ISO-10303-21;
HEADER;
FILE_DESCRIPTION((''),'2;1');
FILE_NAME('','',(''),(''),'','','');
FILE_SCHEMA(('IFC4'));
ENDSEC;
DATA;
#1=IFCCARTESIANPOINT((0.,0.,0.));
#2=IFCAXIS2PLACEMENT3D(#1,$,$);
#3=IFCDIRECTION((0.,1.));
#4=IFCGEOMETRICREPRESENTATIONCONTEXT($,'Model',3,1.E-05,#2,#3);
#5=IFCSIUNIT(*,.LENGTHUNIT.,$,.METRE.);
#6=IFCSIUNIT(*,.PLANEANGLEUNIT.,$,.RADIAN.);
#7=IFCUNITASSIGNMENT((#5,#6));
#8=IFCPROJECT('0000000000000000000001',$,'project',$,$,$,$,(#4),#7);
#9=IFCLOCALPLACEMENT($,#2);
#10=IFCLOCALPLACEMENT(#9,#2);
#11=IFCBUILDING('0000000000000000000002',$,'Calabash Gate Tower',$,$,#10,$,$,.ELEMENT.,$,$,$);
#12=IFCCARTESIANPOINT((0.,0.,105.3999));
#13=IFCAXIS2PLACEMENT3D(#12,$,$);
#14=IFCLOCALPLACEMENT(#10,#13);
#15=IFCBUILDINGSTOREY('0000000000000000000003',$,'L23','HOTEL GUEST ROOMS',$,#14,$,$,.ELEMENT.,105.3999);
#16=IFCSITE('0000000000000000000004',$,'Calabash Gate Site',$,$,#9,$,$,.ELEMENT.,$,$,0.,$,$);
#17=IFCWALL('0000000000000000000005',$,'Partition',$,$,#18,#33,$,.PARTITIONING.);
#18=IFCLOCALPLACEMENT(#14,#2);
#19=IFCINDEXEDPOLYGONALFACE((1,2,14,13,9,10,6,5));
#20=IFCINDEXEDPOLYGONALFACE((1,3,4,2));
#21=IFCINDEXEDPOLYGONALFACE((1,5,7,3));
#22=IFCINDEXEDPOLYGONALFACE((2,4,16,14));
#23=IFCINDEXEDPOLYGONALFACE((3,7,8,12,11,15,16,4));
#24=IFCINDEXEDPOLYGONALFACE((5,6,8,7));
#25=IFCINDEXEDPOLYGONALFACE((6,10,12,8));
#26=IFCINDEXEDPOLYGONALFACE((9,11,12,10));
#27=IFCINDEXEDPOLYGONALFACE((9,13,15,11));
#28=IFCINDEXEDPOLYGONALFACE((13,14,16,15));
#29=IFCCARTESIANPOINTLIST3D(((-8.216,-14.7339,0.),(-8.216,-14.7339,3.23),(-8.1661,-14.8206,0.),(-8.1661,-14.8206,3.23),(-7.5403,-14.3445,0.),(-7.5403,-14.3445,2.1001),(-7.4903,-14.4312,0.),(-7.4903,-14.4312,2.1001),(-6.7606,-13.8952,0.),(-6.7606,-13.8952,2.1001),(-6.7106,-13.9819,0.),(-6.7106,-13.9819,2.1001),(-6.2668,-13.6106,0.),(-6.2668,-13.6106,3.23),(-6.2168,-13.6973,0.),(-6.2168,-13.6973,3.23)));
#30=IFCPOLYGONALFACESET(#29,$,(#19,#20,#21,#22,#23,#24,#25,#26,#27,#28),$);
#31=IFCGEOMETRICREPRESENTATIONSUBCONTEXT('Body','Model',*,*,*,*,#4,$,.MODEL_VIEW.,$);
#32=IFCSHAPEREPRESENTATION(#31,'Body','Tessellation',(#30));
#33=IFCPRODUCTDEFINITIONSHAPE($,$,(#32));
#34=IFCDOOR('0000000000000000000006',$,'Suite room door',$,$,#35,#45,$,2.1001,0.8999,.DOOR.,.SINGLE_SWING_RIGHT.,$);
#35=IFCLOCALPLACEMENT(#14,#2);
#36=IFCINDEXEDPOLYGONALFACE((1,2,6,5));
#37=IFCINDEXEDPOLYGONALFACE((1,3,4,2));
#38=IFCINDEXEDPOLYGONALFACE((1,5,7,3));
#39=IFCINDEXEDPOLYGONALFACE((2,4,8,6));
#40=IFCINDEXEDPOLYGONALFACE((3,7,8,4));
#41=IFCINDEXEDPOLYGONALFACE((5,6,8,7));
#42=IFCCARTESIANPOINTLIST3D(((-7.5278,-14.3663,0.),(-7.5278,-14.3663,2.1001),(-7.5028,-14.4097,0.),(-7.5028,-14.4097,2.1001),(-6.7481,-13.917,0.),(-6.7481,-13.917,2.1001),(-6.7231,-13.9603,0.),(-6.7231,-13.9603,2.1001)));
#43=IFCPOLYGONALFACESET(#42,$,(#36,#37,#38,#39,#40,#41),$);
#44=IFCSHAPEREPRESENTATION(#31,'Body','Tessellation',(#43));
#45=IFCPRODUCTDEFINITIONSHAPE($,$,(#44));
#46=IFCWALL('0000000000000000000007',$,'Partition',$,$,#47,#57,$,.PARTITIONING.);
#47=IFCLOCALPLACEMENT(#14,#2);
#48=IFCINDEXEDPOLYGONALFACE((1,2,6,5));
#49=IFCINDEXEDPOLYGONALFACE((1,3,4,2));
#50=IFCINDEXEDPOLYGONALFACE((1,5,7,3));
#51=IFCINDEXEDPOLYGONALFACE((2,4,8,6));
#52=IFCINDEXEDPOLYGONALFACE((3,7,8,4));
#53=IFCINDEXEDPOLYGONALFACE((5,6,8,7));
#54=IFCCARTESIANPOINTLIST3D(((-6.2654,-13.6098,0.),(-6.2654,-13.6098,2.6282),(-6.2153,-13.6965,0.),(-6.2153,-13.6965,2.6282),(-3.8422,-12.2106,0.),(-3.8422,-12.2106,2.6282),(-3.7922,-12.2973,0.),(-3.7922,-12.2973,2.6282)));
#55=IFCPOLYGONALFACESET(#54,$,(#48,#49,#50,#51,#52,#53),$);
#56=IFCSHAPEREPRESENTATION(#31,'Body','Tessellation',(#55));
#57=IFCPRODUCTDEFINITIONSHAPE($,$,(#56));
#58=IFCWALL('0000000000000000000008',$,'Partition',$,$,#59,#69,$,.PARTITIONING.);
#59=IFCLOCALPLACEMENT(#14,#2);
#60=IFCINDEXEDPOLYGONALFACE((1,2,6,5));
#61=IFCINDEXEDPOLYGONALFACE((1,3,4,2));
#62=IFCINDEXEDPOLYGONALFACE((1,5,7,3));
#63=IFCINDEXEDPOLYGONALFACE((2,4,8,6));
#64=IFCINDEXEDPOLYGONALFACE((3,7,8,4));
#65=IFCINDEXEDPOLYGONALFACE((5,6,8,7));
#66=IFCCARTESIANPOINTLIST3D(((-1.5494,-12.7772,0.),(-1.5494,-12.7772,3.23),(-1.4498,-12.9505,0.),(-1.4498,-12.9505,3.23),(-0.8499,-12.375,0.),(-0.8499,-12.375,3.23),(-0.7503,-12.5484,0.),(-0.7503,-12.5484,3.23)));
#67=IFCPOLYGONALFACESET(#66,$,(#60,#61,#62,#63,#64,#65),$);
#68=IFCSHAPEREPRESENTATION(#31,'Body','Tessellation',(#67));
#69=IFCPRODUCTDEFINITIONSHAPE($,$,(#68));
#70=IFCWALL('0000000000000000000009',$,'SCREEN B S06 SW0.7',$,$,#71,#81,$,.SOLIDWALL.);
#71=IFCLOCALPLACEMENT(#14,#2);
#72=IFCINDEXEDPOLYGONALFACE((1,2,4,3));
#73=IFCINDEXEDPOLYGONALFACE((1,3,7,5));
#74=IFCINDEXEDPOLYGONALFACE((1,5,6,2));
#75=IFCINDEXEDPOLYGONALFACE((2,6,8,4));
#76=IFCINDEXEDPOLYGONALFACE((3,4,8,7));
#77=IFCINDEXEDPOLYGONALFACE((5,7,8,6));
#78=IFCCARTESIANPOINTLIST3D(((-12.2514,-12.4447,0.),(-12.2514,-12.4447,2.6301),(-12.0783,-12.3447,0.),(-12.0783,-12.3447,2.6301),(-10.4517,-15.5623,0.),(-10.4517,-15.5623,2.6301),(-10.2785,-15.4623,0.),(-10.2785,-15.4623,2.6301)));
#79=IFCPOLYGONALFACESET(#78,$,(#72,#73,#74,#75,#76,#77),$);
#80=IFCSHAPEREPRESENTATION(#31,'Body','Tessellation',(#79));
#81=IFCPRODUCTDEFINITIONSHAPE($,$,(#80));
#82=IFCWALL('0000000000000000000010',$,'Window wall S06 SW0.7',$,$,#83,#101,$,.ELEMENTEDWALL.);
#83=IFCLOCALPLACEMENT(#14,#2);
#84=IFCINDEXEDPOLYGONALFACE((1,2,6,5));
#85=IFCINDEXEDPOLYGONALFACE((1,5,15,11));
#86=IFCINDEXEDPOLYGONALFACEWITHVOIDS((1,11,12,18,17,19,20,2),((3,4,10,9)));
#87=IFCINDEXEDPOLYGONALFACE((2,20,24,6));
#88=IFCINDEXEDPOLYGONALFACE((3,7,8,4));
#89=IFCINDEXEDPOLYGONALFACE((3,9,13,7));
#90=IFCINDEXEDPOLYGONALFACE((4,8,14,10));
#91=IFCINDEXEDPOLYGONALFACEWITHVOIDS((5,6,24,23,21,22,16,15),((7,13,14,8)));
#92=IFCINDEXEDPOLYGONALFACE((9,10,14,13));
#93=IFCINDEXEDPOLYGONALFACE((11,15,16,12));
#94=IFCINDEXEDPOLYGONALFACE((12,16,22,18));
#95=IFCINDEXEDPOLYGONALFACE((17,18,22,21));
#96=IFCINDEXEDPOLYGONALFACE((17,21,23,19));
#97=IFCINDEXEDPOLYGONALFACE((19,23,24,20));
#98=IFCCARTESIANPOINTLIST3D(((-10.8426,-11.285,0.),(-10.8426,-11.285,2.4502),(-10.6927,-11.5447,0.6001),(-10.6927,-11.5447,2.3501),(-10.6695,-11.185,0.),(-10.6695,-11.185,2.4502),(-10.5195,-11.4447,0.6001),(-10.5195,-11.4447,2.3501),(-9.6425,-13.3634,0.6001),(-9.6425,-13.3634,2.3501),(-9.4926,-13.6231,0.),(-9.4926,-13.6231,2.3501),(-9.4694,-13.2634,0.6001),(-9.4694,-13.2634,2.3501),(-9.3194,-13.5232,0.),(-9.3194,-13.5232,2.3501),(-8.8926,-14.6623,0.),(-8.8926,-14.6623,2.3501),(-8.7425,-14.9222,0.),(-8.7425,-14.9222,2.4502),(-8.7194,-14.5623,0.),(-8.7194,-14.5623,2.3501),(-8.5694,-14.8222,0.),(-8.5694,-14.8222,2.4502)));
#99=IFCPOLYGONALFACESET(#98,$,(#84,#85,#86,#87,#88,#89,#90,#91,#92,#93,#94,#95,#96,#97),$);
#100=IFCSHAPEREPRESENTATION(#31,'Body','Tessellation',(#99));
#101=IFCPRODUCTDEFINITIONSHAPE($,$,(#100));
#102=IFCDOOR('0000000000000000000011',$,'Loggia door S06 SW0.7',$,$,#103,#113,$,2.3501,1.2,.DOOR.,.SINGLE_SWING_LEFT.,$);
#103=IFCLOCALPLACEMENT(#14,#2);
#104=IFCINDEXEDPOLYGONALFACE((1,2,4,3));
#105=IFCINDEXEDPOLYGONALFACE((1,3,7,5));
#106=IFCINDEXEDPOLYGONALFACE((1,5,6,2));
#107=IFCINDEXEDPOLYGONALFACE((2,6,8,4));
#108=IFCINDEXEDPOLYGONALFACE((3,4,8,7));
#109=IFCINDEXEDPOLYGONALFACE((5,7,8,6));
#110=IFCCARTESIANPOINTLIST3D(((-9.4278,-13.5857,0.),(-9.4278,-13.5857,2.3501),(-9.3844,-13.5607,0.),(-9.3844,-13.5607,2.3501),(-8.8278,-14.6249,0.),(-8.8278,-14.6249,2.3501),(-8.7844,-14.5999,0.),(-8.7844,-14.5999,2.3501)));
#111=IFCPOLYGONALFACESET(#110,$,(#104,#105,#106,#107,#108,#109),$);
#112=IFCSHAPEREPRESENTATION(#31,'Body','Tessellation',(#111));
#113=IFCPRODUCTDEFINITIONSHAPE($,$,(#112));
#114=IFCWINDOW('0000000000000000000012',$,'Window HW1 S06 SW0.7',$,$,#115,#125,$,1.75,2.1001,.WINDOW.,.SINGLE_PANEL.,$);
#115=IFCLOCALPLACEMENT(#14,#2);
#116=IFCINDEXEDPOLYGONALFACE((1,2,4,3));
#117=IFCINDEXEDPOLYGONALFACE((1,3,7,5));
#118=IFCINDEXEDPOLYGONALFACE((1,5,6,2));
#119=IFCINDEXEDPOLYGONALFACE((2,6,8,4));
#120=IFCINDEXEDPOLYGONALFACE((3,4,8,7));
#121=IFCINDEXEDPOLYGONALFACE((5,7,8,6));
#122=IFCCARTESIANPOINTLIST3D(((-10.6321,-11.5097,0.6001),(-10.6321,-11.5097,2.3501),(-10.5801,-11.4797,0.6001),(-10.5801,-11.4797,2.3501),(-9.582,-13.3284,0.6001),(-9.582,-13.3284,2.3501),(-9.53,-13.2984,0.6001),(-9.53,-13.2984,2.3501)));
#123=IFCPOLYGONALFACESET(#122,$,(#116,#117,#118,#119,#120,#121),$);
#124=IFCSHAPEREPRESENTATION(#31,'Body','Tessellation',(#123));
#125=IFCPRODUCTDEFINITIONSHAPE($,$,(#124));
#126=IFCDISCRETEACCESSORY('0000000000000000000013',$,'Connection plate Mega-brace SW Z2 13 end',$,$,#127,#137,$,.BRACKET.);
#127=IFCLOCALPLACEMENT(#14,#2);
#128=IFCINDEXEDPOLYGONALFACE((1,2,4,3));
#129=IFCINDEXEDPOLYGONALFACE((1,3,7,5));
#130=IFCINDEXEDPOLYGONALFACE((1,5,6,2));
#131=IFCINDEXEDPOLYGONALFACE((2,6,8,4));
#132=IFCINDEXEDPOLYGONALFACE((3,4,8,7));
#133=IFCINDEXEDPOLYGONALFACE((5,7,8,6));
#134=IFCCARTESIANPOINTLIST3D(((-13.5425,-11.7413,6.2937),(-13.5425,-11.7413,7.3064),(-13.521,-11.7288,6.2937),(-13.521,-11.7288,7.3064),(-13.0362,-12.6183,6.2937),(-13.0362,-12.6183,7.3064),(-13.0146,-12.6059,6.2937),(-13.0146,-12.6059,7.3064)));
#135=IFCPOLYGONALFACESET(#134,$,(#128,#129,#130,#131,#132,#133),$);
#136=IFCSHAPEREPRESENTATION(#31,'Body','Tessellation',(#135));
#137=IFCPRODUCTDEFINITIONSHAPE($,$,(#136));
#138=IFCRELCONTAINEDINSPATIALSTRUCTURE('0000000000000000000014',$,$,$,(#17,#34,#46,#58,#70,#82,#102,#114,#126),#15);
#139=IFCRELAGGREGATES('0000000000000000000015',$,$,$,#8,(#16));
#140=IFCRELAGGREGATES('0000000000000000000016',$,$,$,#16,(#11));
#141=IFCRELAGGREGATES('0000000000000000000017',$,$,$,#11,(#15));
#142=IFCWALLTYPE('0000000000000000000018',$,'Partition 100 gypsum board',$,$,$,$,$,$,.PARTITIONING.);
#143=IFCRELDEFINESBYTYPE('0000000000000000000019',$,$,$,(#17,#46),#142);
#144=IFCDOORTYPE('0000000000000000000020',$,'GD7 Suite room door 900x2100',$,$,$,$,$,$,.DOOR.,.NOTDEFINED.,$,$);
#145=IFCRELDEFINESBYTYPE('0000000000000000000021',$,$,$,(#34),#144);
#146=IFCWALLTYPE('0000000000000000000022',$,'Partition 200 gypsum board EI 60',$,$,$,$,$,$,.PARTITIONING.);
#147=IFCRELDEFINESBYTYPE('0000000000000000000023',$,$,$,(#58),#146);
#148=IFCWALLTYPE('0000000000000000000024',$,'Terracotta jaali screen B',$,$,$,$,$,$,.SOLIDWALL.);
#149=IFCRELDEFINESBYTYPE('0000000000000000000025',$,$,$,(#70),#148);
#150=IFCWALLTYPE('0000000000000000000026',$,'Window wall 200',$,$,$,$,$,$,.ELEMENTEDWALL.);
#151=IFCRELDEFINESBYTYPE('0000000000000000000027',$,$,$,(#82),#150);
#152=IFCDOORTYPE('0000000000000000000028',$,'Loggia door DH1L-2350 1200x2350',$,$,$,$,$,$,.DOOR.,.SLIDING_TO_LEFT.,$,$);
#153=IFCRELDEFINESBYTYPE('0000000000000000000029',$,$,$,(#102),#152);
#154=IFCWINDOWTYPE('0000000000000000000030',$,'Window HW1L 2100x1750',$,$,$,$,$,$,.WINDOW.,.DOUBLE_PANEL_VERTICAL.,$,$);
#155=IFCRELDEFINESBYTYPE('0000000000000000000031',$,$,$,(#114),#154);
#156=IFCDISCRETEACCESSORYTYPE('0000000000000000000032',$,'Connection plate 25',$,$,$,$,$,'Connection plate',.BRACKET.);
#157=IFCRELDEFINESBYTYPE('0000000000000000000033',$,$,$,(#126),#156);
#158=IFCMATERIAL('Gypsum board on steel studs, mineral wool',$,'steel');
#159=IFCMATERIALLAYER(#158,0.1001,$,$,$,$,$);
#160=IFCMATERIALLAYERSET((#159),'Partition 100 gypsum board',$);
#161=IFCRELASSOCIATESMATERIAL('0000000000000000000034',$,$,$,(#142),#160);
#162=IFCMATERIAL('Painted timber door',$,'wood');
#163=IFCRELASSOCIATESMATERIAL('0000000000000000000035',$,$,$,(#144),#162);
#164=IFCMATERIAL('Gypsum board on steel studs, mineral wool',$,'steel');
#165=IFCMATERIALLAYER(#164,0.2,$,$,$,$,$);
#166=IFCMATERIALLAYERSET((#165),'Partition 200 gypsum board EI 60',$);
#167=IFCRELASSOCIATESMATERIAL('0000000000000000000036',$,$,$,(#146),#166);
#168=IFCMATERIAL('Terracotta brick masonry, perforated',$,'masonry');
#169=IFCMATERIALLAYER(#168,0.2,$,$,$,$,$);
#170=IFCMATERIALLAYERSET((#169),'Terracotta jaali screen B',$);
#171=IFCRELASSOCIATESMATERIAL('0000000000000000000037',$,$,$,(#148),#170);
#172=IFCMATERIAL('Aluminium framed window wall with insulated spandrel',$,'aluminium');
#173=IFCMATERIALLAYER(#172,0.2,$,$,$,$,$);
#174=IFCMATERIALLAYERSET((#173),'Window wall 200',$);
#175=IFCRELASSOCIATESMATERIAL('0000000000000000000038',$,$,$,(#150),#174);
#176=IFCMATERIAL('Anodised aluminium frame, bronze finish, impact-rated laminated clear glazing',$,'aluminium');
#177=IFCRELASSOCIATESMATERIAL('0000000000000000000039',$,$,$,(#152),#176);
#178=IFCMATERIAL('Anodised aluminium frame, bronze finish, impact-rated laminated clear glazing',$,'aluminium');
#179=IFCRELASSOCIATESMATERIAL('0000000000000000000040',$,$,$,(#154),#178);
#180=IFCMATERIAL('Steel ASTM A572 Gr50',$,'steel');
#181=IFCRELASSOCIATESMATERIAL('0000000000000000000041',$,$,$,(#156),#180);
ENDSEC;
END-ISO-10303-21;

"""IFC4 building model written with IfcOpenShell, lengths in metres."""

from ifc_helpers import new_model, si_unit, direction, frame, frame_2d, origin, origin_2d, place, context, subcontext, project, spatial, rectangle, extrude, material, layer, layer_set, type_object, element, fill, save


model = new_model("IFC4")

# Units and contexts
model_context = context("Model", 3, precision=1e-05, world=origin(), true_north=direction((0.0, 1.0)))
body_context = subcontext(model_context, "Body", "Model", "MODEL_VIEW")
ifc_project = project(units=[si_unit("LENGTHUNIT", "METRE"), si_unit("PLANEANGLEUNIT", "RADIAN")], contexts=[model_context])

# Site, building, storey
site_placement = place(None, origin())
site = spatial("IfcSite", under=ifc_project, at=site_placement, Name="Calabash Gate Site", CompositionType="ELEMENT", RefElevation=0.0)
building_placement = place(site_placement, origin())
building = spatial("IfcBuilding", under=site, at=building_placement, Name="Calabash Gate Tower", CompositionType="ELEMENT")
storey_placement = place(building_placement, frame((0.0, 0.0, 105.3999)))
storey = spatial("IfcBuildingStorey", under=building, at=storey_placement, Name="L23", Description="HOTEL GUEST ROOMS", CompositionType="ELEMENT", Elevation=105.3999)

# Shared definitions
ifc_material_1 = material(Name="Gypsum board on steel studs, mineral wool", Category="steel")
ifc_layer_1 = layer(ifc_material_1, 0.1001)
ifc_layer_set_1 = layer_set([ifc_layer_1], Name="Partition 100 gypsum board")
wall_type_1 = type_object("IfcWallType", Name="Partition 100 gypsum board", PredefinedType="PARTITIONING", material=ifc_layer_set_1)

# Wall, opening, door
wall_1_placement = place(storey_placement, frame((-8.1912, -14.7773, 0.0), z_axis=(0.0, 0.0, 1.0), x_axis=(0.866428, 0.499303, 0.0)))
wall_1 = element("IfcWall", 1, at=wall_1_placement, inside=storey, type_object=wall_type_1, Name="Partition", PredefinedType="PARTITIONING", context=body_context, shape_type="SweptSolid", body=[
    extrude(rectangle(XDim=2.2498, YDim=0.1001, at=frame_2d((1.125, 0.0))), origin(), (0.0, 0.0, 1.0), 3.23),
])
opening_1_placement = place(wall_1_placement, frame((0.78, 0.0, 0.0)))
opening_1 = element("IfcOpeningElement", 2, at=opening_1_placement, cuts=wall_1, PredefinedType="OPENING", context=body_context, shape_type="SweptSolid", body=[
    extrude(rectangle(XDim=0.8999, YDim=2.1001, at=frame_2d((0.45, 1.05))), frame((0.0, 0.0601, 0.0), z_axis=(0.0, -1.0, 0.0), x_axis=(1.0, 0.0, 0.0)), (0.0, 0.0, 1.0), 0.1201),
])
ifc_material_2 = material(Name="Painted timber door", Category="wood")
door_type_1 = type_object("IfcDoorType", Name="GD7 Suite room door 900x2100", OperationType="NOTDEFINED", PredefinedType="DOOR", material=ifc_material_2)
door_1_placement = place(opening_1_placement, origin())
door_1 = element("IfcDoor", 3, at=door_1_placement, inside=storey, type_object=door_type_1, Name="Suite room door", OperationType="SINGLE_SWING_RIGHT", OverallHeight=2.1001, OverallWidth=0.8999, PredefinedType="DOOR", context=body_context, shape_type="SweptSolid", body=[
    extrude(rectangle(XDim=0.8999, YDim=2.1001, at=frame_2d((0.45, 1.05))), frame((0.0, 0.0249, 0.0), z_axis=(0.0, -1.0, 0.0), x_axis=(1.0, 0.0, 0.0)), (0.0, 0.0, 1.0), 0.05),
])
fill(opening_1, door_1)

# Walls
wall_2_placement = place(storey_placement, frame((-6.2402, -13.6531, 0.0), z_axis=(0.0, 0.0, 1.0), x_axis=(0.865995, 0.500052, 0.0)))
element("IfcWall", 4, at=wall_2_placement, inside=storey, type_object=wall_type_1, Name="Partition", PredefinedType="PARTITIONING", context=body_context, shape_type="SweptSolid", body=[
    extrude(rectangle(XDim=2.7981, YDim=0.1001, at=frame_2d((1.3989, 0.0))), origin(), (0.0, 0.0, 1.0), 2.6282),
])
ifc_material_3 = material(Name="Gypsum board on steel studs, mineral wool", Category="steel")
ifc_layer_2 = layer(ifc_material_3, 0.2)
ifc_layer_set_2 = layer_set([ifc_layer_2], Name="Partition 200 gypsum board EI 60")
wall_type_2 = type_object("IfcWallType", Name="Partition 200 gypsum board EI 60", PredefinedType="PARTITIONING", material=ifc_layer_set_2)
wall_3_placement = place(storey_placement, frame((-1.4995, -12.8638, 0.0), z_axis=(0.0, 0.0, 1.0), x_axis=(0.866955, 0.498386, 0.0)))
element("IfcWall", 5, at=wall_3_placement, inside=storey, type_object=wall_type_2, Name="Partition", PredefinedType="PARTITIONING", context=body_context, shape_type="SweptSolid", body=[
    extrude(rectangle(XDim=0.8069, YDim=0.2, at=frame_2d((0.4033, 0.0))), origin(), (0.0, 0.0, 1.0), 3.23),
])
ifc_material_4 = material(Name="Terracotta brick masonry, perforated", Category="masonry")
ifc_layer_3 = layer(ifc_material_4, 0.2)
ifc_layer_set_3 = layer_set([ifc_layer_3], Name="Terracotta jaali screen B")
wall_type_3 = type_object("IfcWallType", Name="Terracotta jaali screen B", PredefinedType="SOLIDWALL", material=ifc_layer_set_3)
wall_4_placement = place(storey_placement, frame((-12.1648, -12.3948, 0.0), z_axis=(0.0, 0.0, 1.0), x_axis=(0.499961, -0.866048, 0.0)))
element("IfcWall", 6, at=wall_4_placement, inside=storey, type_object=wall_type_3, Name="SCREEN B S06 SW0.7", PredefinedType="SOLIDWALL", context=body_context, shape_type="SweptSolid", body=[
    extrude(rectangle(XDim=3.5999, YDim=0.2, at=frame_2d((1.7998, 0.0))), origin(), (0.0, 0.0, 1.0), 2.6301),
])

# Wall, openings, door, window
ifc_material_5 = material(Name="Aluminium framed window wall with insulated spandrel", Category="aluminium")
ifc_layer_4 = layer(ifc_material_5, 0.2)
ifc_layer_set_4 = layer_set([ifc_layer_4], Name="Window wall 200")
wall_type_4 = type_object("IfcWallType", Name="Window wall 200", PredefinedType="ELEMENTEDWALL", material=ifc_layer_set_4)
wall_5_placement = place(storey_placement, frame((-10.7561, -11.2349, 0.0), z_axis=(0.0, 0.0, 1.0), x_axis=(0.500028, -0.866009, 0.0)))
wall_5 = element("IfcWall", 7, at=wall_5_placement, inside=storey, type_object=wall_type_4, Name="Window wall S06 SW0.7", PredefinedType="ELEMENTEDWALL", context=body_context, shape_type="SweptSolid", body=[
    extrude(rectangle(XDim=4.2, YDim=0.2, at=frame_2d((2.1001, 0.0))), origin(), (0.0, 0.0, 1.0), 2.4502),
])
opening_2_placement = place(wall_5_placement, frame((0.3, 0.0, 0.6001)))
opening_2 = element("IfcOpeningElement", 8, at=opening_2_placement, cuts=wall_5, PredefinedType="OPENING", context=body_context, shape_type="SweptSolid", body=[
    extrude(rectangle(XDim=2.1001, YDim=1.75, at=frame_2d((1.05, 0.875))), frame((0.0, 0.1099, 0.0), z_axis=(0.0, -1.0, 0.0), x_axis=(1.0, 0.0, 0.0)), (0.0, 0.0, 1.0), 0.22),
])
opening_3_placement = place(wall_5_placement, frame((2.7, 0.0, 0.0)))
opening_3 = element("IfcOpeningElement", 9, at=opening_3_placement, cuts=wall_5, PredefinedType="OPENING", context=body_context, shape_type="SweptSolid", body=[
    extrude(rectangle(XDim=1.2, YDim=2.3501, at=frame_2d((0.6001, 1.175))), frame((0.0, 0.1099, 0.0), z_axis=(0.0, -1.0, 0.0), x_axis=(1.0, 0.0, 0.0)), (0.0, 0.0, 1.0), 0.22),
])
ifc_material_6 = material(Name="Anodised aluminium frame, bronze finish, impact-rated laminated clear glazing", Category="aluminium")
door_type_2 = type_object("IfcDoorType", Name="Loggia door DH1L-2350 1200x2350", OperationType="SLIDING_TO_LEFT", PredefinedType="DOOR", material=ifc_material_6)
door_2_placement = place(opening_3_placement, origin())
door_2 = element("IfcDoor", 10, at=door_2_placement, inside=storey, type_object=door_type_2, Name="Loggia door S06 SW0.7", OperationType="SINGLE_SWING_LEFT", OverallHeight=2.3501, OverallWidth=1.2, PredefinedType="DOOR", context=body_context, shape_type="SweptSolid", body=[
    extrude(rectangle(XDim=1.2, YDim=2.3501, at=frame_2d((0.6001, 1.175))), frame((0.0, 0.0249, 0.0), z_axis=(0.0, -1.0, 0.0), x_axis=(1.0, 0.0, 0.0)), (0.0, 0.0, 1.0), 0.05),
])
fill(opening_3, door_2)
ifc_material_7 = material(Name="Anodised aluminium frame, bronze finish, impact-rated laminated clear glazing", Category="aluminium")
window_type_1 = type_object("IfcWindowType", Name="Window HW1L 2100x1750", PartitioningType="DOUBLE_PANEL_VERTICAL", PredefinedType="WINDOW", material=ifc_material_7)
window_1_placement = place(opening_2_placement, origin())
window_1 = element("IfcWindow", 11, at=window_1_placement, inside=storey, type_object=window_type_1, Name="Window HW1 S06 SW0.7", OverallHeight=1.75, OverallWidth=2.1001, PartitioningType="SINGLE_PANEL", PredefinedType="WINDOW", context=body_context, shape_type="SweptSolid", body=[
    extrude(rectangle(XDim=2.1001, YDim=1.75, at=frame_2d((1.05, 0.875))), frame((0.0, 0.03, 0.0), z_axis=(0.0, -1.0, 0.0), x_axis=(1.0, 0.0, 0.0)), (0.0, 0.0, 1.0), 0.0601),
])
fill(opening_2, window_1)

# Discrete accessory
ifc_material_8 = material(Name="Steel ASTM A572 Gr50", Category="steel")
discrete_accessory_type = type_object("IfcDiscreteAccessoryType", Name="Connection plate 25", ElementType="Connection plate", PredefinedType="BRACKET", material=ifc_material_8)
discrete_accessory_placement = place(storey_placement, frame((-13.2786, -12.1736, 6.2937), z_axis=(0.0, 0.0, 1.0), x_axis=(0.5, -0.866025, 0.0)))
element("IfcDiscreteAccessory", 12, at=discrete_accessory_placement, inside=storey, type_object=discrete_accessory_type, Name="Connection plate Mega-brace SW Z2 13 end", PredefinedType="BRACKET", context=body_context, shape_type="SweptSolid", body=[
    extrude(rectangle(XDim=1.0127, YDim=0.0249, at=origin_2d()), origin(), (0.0, 0.0, 1.0), 1.0127),
])

save(model, "model.ifc")
